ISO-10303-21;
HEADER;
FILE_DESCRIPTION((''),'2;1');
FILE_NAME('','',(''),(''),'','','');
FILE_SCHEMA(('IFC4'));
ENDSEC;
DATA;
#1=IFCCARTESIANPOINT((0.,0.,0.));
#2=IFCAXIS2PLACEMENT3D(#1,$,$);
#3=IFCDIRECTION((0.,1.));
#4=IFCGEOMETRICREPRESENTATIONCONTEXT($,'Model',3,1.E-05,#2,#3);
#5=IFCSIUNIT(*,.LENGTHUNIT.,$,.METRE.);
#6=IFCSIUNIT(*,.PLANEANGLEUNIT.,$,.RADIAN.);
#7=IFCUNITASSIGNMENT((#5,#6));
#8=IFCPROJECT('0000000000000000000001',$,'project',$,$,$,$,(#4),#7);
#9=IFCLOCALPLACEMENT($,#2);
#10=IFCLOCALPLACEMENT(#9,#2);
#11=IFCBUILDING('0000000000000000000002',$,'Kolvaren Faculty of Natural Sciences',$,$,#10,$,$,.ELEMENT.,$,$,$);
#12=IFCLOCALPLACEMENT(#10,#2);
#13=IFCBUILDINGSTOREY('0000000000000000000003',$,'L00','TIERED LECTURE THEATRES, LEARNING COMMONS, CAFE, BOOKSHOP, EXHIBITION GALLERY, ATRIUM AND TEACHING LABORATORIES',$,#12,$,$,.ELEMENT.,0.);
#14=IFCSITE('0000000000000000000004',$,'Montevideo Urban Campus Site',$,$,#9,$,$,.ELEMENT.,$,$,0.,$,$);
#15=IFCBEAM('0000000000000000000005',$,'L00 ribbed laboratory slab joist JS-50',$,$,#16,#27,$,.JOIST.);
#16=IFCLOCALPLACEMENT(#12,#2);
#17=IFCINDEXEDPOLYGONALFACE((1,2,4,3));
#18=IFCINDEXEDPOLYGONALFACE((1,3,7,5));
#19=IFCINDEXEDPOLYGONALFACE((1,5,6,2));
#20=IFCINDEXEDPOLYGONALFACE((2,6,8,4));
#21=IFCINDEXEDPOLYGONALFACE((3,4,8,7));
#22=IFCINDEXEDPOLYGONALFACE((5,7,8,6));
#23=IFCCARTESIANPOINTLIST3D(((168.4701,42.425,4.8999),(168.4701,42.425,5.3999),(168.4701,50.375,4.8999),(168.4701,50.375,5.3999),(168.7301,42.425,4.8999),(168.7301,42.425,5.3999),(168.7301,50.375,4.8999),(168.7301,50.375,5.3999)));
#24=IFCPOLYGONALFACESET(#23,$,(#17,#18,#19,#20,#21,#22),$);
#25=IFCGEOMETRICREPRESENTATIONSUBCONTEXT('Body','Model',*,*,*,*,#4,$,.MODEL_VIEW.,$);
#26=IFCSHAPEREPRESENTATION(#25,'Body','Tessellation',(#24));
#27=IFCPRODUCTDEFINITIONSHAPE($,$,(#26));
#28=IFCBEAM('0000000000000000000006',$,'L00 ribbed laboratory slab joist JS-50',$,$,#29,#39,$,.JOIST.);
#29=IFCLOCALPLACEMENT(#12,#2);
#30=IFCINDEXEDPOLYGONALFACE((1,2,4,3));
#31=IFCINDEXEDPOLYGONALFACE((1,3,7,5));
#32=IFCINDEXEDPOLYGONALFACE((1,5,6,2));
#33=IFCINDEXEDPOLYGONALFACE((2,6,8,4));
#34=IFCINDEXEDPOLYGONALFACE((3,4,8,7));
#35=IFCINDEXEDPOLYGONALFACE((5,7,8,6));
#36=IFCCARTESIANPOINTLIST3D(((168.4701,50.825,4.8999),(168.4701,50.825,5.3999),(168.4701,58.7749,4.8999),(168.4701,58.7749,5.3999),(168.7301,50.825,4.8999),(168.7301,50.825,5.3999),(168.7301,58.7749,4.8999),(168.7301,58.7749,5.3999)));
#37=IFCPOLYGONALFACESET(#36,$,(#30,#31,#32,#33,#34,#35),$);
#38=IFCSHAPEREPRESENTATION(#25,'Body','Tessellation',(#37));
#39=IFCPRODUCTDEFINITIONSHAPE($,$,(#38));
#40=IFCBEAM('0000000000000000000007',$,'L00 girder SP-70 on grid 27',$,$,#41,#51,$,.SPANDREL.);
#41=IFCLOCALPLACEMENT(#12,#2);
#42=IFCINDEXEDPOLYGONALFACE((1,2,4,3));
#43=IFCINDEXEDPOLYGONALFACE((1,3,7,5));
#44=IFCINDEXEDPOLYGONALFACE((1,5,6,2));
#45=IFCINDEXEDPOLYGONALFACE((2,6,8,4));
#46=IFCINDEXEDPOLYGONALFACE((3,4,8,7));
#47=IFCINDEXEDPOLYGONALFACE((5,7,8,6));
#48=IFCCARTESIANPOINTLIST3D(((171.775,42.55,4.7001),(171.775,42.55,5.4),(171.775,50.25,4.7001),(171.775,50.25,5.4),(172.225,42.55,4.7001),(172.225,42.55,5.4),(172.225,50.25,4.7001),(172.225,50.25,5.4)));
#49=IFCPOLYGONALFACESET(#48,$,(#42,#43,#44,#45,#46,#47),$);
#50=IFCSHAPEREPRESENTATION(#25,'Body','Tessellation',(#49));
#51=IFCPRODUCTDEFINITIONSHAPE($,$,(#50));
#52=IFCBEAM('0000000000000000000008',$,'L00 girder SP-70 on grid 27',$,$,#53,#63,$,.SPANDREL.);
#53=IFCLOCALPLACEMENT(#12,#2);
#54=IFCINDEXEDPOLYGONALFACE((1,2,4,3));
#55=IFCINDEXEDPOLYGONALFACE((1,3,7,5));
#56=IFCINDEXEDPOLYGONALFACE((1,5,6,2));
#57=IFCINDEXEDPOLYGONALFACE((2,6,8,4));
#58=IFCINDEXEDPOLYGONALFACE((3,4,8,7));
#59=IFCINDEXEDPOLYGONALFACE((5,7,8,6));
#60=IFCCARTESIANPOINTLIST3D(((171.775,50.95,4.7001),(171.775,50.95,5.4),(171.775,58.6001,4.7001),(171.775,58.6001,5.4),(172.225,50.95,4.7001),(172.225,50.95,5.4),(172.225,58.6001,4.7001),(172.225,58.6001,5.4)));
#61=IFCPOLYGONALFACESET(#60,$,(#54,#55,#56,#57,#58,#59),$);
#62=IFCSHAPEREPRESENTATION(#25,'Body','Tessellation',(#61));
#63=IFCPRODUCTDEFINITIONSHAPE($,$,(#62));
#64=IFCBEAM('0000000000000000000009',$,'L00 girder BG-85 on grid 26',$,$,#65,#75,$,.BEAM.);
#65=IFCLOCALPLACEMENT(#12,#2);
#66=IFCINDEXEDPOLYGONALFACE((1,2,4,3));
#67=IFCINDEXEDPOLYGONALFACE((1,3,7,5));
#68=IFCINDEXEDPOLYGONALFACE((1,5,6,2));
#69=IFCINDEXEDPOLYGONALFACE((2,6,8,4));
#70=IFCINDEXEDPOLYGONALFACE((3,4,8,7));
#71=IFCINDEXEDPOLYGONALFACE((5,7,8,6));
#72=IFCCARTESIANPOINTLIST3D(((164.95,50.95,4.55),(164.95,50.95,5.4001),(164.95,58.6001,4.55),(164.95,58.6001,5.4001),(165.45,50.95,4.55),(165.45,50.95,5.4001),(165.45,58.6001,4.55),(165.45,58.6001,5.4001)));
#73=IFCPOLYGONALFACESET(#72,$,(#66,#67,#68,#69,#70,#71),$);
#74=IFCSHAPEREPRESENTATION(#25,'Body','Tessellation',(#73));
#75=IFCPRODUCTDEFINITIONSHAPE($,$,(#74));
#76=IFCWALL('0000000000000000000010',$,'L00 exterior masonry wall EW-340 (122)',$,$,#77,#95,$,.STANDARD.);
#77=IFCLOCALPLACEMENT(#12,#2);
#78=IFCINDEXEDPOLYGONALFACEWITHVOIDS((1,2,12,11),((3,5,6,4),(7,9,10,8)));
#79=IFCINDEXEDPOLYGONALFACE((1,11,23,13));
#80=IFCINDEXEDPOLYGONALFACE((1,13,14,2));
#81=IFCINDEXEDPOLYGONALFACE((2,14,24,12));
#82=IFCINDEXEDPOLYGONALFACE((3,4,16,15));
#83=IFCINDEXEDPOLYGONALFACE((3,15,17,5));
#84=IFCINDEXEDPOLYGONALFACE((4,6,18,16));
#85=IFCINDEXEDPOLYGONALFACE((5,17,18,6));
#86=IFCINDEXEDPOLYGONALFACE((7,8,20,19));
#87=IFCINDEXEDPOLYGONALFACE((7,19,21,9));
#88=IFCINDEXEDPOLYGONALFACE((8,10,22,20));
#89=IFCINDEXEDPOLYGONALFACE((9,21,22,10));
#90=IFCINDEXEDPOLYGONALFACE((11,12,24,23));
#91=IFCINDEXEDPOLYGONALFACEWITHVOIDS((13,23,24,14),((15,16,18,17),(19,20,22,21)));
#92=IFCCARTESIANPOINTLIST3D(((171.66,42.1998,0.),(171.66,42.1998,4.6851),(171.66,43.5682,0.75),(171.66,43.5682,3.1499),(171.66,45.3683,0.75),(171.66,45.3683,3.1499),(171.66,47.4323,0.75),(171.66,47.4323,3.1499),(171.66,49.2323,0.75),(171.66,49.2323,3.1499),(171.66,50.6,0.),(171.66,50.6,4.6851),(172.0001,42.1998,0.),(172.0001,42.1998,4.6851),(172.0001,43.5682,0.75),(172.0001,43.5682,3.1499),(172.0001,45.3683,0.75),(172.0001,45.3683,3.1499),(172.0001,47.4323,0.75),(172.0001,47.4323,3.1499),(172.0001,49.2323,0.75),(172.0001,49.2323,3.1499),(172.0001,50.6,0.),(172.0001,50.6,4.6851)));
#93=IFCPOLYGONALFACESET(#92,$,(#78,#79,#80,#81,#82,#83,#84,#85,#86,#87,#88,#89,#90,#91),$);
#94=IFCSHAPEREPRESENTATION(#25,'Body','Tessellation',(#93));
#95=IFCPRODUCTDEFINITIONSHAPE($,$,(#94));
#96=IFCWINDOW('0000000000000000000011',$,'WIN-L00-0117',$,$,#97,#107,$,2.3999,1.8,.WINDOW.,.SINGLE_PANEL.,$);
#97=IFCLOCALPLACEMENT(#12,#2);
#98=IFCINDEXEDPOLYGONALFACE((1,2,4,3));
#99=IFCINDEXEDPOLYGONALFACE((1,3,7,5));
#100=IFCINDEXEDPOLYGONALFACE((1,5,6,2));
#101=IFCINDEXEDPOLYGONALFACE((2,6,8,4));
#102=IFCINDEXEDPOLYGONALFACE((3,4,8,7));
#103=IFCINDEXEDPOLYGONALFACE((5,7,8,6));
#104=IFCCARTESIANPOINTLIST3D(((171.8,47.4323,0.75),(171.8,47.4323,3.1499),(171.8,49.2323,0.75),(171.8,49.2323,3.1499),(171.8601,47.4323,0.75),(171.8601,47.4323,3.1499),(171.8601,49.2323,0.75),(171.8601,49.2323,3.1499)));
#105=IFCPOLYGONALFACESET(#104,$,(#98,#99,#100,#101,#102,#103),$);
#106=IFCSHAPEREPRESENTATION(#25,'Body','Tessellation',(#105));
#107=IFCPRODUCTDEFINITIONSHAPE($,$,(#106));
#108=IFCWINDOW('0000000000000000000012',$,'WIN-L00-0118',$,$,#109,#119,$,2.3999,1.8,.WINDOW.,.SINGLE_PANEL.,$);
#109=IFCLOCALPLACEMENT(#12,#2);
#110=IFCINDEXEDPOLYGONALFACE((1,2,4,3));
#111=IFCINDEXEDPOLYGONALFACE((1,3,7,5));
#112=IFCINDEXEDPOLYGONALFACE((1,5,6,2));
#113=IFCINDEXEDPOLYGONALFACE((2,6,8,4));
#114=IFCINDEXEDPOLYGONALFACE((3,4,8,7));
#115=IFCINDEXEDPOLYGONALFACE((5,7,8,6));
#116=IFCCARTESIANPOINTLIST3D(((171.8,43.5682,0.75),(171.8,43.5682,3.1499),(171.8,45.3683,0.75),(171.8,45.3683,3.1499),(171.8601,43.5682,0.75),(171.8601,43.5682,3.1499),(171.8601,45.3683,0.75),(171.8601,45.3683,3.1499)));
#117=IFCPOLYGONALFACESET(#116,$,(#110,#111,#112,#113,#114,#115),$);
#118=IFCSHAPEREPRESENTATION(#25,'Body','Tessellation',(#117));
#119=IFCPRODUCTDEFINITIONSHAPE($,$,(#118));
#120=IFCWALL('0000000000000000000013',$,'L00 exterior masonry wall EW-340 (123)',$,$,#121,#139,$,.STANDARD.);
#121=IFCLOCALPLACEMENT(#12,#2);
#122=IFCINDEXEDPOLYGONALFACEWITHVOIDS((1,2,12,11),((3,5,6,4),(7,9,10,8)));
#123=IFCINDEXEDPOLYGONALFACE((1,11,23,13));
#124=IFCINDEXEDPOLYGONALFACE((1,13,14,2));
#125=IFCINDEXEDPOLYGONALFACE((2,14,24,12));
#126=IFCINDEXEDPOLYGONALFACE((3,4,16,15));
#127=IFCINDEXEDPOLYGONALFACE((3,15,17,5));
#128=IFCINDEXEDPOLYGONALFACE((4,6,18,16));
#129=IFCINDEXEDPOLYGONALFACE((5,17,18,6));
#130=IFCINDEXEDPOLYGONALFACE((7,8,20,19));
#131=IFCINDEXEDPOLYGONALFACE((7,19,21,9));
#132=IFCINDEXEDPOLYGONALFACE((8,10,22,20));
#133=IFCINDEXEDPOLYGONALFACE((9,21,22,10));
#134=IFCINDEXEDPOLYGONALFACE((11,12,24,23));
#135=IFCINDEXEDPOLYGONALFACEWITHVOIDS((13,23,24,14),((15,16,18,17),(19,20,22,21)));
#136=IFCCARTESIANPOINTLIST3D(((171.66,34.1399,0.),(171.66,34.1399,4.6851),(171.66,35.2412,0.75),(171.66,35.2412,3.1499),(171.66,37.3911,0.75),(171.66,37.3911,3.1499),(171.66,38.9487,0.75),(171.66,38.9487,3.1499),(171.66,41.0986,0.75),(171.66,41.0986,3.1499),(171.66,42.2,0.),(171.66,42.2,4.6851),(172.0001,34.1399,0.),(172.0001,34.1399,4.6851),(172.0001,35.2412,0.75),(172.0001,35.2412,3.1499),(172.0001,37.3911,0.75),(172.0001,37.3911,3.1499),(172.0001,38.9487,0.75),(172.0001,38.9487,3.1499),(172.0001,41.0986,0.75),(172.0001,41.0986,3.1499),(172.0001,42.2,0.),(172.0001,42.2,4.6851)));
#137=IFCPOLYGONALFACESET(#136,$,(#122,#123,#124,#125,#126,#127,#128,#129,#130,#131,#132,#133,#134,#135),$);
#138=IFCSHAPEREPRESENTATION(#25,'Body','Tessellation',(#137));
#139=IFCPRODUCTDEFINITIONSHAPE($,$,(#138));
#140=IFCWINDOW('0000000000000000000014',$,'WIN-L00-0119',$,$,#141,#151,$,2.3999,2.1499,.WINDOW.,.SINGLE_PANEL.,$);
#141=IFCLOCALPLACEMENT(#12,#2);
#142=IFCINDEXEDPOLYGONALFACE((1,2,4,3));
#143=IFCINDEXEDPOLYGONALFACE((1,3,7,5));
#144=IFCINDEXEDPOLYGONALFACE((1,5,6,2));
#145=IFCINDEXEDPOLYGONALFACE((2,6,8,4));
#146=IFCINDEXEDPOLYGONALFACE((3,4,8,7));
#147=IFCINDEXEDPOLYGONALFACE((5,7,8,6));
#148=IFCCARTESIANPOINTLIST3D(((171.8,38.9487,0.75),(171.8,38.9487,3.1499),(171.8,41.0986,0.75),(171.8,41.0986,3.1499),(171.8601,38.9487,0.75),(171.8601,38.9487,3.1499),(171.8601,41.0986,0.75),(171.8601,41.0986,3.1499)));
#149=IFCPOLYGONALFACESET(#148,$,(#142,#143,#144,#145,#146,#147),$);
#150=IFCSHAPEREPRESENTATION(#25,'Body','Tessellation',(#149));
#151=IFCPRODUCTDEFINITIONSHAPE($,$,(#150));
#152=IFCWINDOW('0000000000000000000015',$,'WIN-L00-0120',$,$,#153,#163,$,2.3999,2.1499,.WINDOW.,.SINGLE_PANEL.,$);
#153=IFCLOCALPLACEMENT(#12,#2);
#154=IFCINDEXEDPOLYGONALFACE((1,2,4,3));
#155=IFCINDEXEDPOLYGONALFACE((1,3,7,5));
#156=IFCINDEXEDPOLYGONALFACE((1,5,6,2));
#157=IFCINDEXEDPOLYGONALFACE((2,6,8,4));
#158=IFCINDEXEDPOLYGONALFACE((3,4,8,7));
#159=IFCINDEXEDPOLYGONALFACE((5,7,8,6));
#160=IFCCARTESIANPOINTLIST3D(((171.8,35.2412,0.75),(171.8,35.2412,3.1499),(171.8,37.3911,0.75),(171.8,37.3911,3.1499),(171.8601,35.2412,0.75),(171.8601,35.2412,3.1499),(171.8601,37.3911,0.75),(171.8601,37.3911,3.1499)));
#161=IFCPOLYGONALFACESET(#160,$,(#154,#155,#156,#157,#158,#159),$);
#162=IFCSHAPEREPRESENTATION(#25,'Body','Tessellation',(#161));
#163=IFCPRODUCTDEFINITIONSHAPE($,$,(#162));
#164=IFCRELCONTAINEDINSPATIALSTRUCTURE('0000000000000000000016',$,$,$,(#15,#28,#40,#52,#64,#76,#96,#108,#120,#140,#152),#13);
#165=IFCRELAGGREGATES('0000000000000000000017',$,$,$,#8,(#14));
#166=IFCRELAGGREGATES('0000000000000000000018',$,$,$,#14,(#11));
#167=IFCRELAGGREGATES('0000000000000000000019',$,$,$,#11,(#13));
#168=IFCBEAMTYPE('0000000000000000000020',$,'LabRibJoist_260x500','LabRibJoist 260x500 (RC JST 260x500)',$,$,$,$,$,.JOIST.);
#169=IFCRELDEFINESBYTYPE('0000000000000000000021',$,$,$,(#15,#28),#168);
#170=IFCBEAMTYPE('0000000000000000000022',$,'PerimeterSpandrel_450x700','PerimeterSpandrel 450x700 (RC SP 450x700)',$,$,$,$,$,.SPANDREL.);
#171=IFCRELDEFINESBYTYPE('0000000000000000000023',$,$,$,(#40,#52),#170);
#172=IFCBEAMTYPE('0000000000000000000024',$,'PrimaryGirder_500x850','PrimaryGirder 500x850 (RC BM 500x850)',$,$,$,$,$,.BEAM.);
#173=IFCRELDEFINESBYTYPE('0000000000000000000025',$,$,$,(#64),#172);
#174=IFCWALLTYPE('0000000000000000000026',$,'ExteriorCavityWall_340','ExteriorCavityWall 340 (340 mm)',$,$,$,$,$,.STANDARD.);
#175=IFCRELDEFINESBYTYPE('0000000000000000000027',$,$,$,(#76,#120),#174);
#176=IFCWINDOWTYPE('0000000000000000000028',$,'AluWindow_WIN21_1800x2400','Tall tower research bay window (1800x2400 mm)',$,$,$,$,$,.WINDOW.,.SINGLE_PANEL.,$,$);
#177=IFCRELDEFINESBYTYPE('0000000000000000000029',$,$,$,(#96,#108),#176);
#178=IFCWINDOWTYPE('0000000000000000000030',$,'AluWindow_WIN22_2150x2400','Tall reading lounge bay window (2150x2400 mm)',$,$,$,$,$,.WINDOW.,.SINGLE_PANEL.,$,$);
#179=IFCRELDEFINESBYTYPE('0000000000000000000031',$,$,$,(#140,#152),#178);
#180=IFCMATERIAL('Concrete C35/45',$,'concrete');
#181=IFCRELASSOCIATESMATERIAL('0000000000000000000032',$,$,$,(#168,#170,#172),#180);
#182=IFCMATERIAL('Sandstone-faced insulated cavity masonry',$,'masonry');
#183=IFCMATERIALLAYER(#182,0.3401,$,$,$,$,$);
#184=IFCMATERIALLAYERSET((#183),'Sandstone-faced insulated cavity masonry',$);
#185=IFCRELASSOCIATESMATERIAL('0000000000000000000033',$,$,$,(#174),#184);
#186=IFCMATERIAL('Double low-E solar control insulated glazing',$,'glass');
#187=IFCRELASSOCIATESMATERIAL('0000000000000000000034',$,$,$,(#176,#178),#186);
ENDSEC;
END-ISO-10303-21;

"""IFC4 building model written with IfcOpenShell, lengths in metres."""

from ifc_helpers import new_model, si_unit, direction, frame, frame_2d, origin, origin_2d, place, context, subcontext, project, spatial, rectangle, extrude, material, layer, layer_set, material_profile, profile_set, type_object, element, fill, save


model = new_model("IFC4")

# Units and contexts
model_context = context("Model", 3, precision=1e-05, world=origin(), true_north=direction((0.0, 1.0)))
body_context = subcontext(model_context, "Body", "Model", "MODEL_VIEW")
ifc_project = project(units=[si_unit("LENGTHUNIT", "METRE"), si_unit("PLANEANGLEUNIT", "RADIAN")], contexts=[model_context])

# Site, building, storey
site_placement = place(None, origin())
site = spatial("IfcSite", under=ifc_project, at=site_placement, Name="Montevideo Urban Campus Site", CompositionType="ELEMENT", RefElevation=0.0)
building_placement = place(site_placement, origin())
building = spatial("IfcBuilding", under=site, at=building_placement, Name="Kolvaren Faculty of Natural Sciences", CompositionType="ELEMENT")
storey_placement = place(building_placement, origin())
storey = spatial("IfcBuildingStorey", under=building, at=storey_placement, Name="L00", Description="TIERED LECTURE THEATRES, LEARNING COMMONS, CAFE, BOOKSHOP, EXHIBITION GALLERY, ATRIUM AND TEACHING LABORATORIES", CompositionType="ELEMENT", Elevation=0.0)

# Shared definitions
ifc_material_1 = material(Name="Concrete C35/45", Category="concrete")

# Beams
ifc_material_profile_1 = material_profile(ifc_material_1, rectangle(XDim=0.26, YDim=0.5, at=origin_2d()), Name="RC JST 260x500")
ifc_profile_set_1 = profile_set([ifc_material_profile_1], Name="Concrete C35/45")
beam_type_1 = type_object("IfcBeamType", Name="LabRibJoist_260x500", Description="LabRibJoist 260x500 (RC JST 260x500)", PredefinedType="JOIST", material=ifc_profile_set_1)
for number, where, z_axis, x_axis, name in (
    (1, (168.6001, 42.425, 5.1499), (0.0, 1.0, 0.0), (-1.0, 0.0, 0.0), "L00 ribbed laboratory slab joist JS-50"),
    (2, (168.6001, 50.825, 5.1499), (0.0, 1.0, 0.0), (-1.0, 0.0, 0.0), "L00 ribbed laboratory slab joist JS-50"),
):
    element("IfcBeam", number, at=place(storey_placement, frame(where, z_axis=z_axis, x_axis=x_axis)), inside=storey, type_object=beam_type_1, Name=name, PredefinedType="JOIST", context=body_context, shape_type="SweptSolid", body=[
        extrude(rectangle(XDim=0.26, YDim=0.5, at=origin_2d()), origin(), (0.0, 0.0, 1.0), 7.95),
    ])
ifc_material_profile_2 = material_profile(ifc_material_1, rectangle(XDim=0.45, YDim=0.7, at=origin_2d()), Name="RC SP 450x700")
ifc_profile_set_2 = profile_set([ifc_material_profile_2], Name="Concrete C35/45")
beam_type_2 = type_object("IfcBeamType", Name="PerimeterSpandrel_450x700", Description="PerimeterSpandrel 450x700 (RC SP 450x700)", PredefinedType="SPANDREL", material=ifc_profile_set_2)
beam_1_placement = place(storey_placement, frame((172.0, 42.55, 5.05), z_axis=(0.0, 1.0, 0.0), x_axis=(-1.0, 0.0, 0.0)))
element("IfcBeam", 3, at=beam_1_placement, inside=storey, type_object=beam_type_2, Name="L00 girder SP-70 on grid 27", PredefinedType="SPANDREL", context=body_context, shape_type="SweptSolid", body=[
    extrude(rectangle(XDim=0.45, YDim=0.7, at=origin_2d()), origin(), (0.0, 0.0, 1.0), 7.7),
])
beam_2_placement = place(storey_placement, frame((172.0, 50.95, 5.05), z_axis=(0.0, 1.0, 0.0), x_axis=(-1.0, 0.0, 0.0)))
element("IfcBeam", 4, at=beam_2_placement, inside=storey, type_object=beam_type_2, Name="L00 girder SP-70 on grid 27", PredefinedType="SPANDREL", context=body_context, shape_type="SweptSolid", body=[
    extrude(rectangle(XDim=0.45, YDim=0.7, at=origin_2d()), origin(), (0.0, 0.0, 1.0), 7.6501),
])
ifc_material_profile_3 = material_profile(ifc_material_1, rectangle(XDim=0.5, YDim=0.8501, at=origin_2d()), Name="RC BM 500x850")
ifc_profile_set_3 = profile_set([ifc_material_profile_3], Name="Concrete C35/45")
beam_type_3 = type_object("IfcBeamType", Name="PrimaryGirder_500x850", Description="PrimaryGirder 500x850 (RC BM 500x850)", PredefinedType="BEAM", material=ifc_profile_set_3)
beam_3_placement = place(storey_placement, frame((165.2, 50.95, 4.9751), z_axis=(0.0, 1.0, 0.0), x_axis=(-1.0, 0.0, 0.0)))
element("IfcBeam", 5, at=beam_3_placement, inside=storey, type_object=beam_type_3, Name="L00 girder BG-85 on grid 26", PredefinedType="BEAM", context=body_context, shape_type="SweptSolid", body=[
    extrude(rectangle(XDim=0.5, YDim=0.8501, at=origin_2d()), origin(), (0.0, 0.0, 1.0), 7.6501),
])

# Walls, openings, windows
ifc_material_2 = material(Name="Sandstone-faced insulated cavity masonry", Category="masonry")
ifc_layer = layer(ifc_material_2, 0.3401)
ifc_layer_set = layer_set([ifc_layer], Name="Sandstone-faced insulated cavity masonry")
wall_type = type_object("IfcWallType", Name="ExteriorCavityWall_340", Description="ExteriorCavityWall 340 (340 mm)", PredefinedType="STANDARD", material=ifc_layer_set)
wall_1_placement = place(storey_placement, frame((171.8301, 50.6001, 0.0), z_axis=(0.0, 0.0, 1.0), x_axis=(0.0, -1.0, 0.0)))
wall_1 = element("IfcWall", 6, at=wall_1_placement, inside=storey, type_object=wall_type, Name="L00 exterior masonry wall EW-340 (122)", PredefinedType="STANDARD", context=body_context, shape_type="SweptSolid", body=[
    extrude(rectangle(XDim=8.4001, YDim=0.3401, at=frame_2d((4.2002, 0.0))), origin(), (0.0, 0.0, 1.0), 4.6851),
])
opening_1_placement = place(wall_1_placement, frame((1.3679, 0.0, 0.75)))
opening_1 = element("IfcOpeningElement", 7, at=opening_1_placement, cuts=wall_1, PredefinedType="OPENING", context=body_context, shape_type="SweptSolid", body=[
    extrude(rectangle(XDim=1.8, YDim=2.3999, at=frame_2d((0.8999, 1.2))), frame((0.0, 0.1799, 0.0), z_axis=(0.0, -1.0, 0.0), x_axis=(1.0, 0.0, 0.0)), (0.0, 0.0, 1.0), 0.3601),
])
opening_2_placement = place(wall_1_placement, frame((5.2319, 0.0, 0.75)))
opening_2 = element("IfcOpeningElement", 8, at=opening_2_placement, cuts=wall_1, PredefinedType="OPENING", context=body_context, shape_type="SweptSolid", body=[
    extrude(rectangle(XDim=1.8, YDim=2.3999, at=frame_2d((0.8999, 1.2))), frame((0.0, 0.1799, 0.0), z_axis=(0.0, -1.0, 0.0), x_axis=(1.0, 0.0, 0.0)), (0.0, 0.0, 1.0), 0.3601),
])
ifc_material_3 = material(Name="Double low-E solar control insulated glazing", Category="glass")
window_type_1 = type_object("IfcWindowType", Name="AluWindow_WIN21_1800x2400", Description="Tall tower research bay window (1800x2400 mm)", PartitioningType="SINGLE_PANEL", PredefinedType="WINDOW", material=ifc_material_3)
window_1_placement = place(opening_1_placement, origin())
window_1 = element("IfcWindow", 9, at=window_1_placement, inside=storey, type_object=window_type_1, Name="WIN-L00-0117", OverallHeight=2.3999, OverallWidth=1.8, PartitioningType="SINGLE_PANEL", PredefinedType="WINDOW", context=body_context, shape_type="SweptSolid", body=[
    extrude(rectangle(XDim=1.8, YDim=2.3999, at=frame_2d((0.8999, 1.2))), frame((0.0, 0.03, 0.0), z_axis=(0.0, -1.0, 0.0), x_axis=(1.0, 0.0, 0.0)), (0.0, 0.0, 1.0), 0.0601),
])
fill(opening_1, window_1)
window_2_placement = place(opening_2_placement, origin())
window_2 = element("IfcWindow", 10, at=window_2_placement, inside=storey, type_object=window_type_1, Name="WIN-L00-0118", OverallHeight=2.3999, OverallWidth=1.8, PartitioningType="SINGLE_PANEL", PredefinedType="WINDOW", context=body_context, shape_type="SweptSolid", body=[
    extrude(rectangle(XDim=1.8, YDim=2.3999, at=frame_2d((0.8999, 1.2))), frame((0.0, 0.03, 0.0), z_axis=(0.0, -1.0, 0.0), x_axis=(1.0, 0.0, 0.0)), (0.0, 0.0, 1.0), 0.0601),
])
fill(opening_2, window_2)
wall_2_placement = place(storey_placement, frame((171.8301, 42.2, 0.0), z_axis=(0.0, 0.0, 1.0), x_axis=(0.0, -1.0, 0.0)))
wall_2 = element("IfcWall", 11, at=wall_2_placement, inside=storey, type_object=wall_type, Name="L00 exterior masonry wall EW-340 (123)", PredefinedType="STANDARD", context=body_context, shape_type="SweptSolid", body=[
    extrude(rectangle(XDim=8.0601, YDim=0.3401, at=frame_2d((4.03, 0.0))), origin(), (0.0, 0.0, 1.0), 4.6851),
])
opening_3_placement = place(wall_2_placement, frame((1.1013, 0.0, 0.75)))
opening_3 = element("IfcOpeningElement", 12, at=opening_3_placement, cuts=wall_2, PredefinedType="OPENING", context=body_context, shape_type="SweptSolid", body=[
    extrude(rectangle(XDim=2.1499, YDim=2.3999, at=frame_2d((1.075, 1.2))), frame((0.0, 0.1799, 0.0), z_axis=(0.0, -1.0, 0.0), x_axis=(1.0, 0.0, 0.0)), (0.0, 0.0, 1.0), 0.3601),
])
opening_4_placement = place(wall_2_placement, frame((4.8088, 0.0, 0.75)))
opening_4 = element("IfcOpeningElement", 13, at=opening_4_placement, cuts=wall_2, PredefinedType="OPENING", context=body_context, shape_type="SweptSolid", body=[
    extrude(rectangle(XDim=2.1499, YDim=2.3999, at=frame_2d((1.075, 1.2))), frame((0.0, 0.1799, 0.0), z_axis=(0.0, -1.0, 0.0), x_axis=(1.0, 0.0, 0.0)), (0.0, 0.0, 1.0), 0.3601),
])
window_type_2 = type_object("IfcWindowType", Name="AluWindow_WIN22_2150x2400", Description="Tall reading lounge bay window (2150x2400 mm)", PartitioningType="SINGLE_PANEL", PredefinedType="WINDOW", material=ifc_material_3)
window_3_placement = place(opening_3_placement, origin())
window_3 = element("IfcWindow", 14, at=window_3_placement, inside=storey, type_object=window_type_2, Name="WIN-L00-0119", OverallHeight=2.3999, OverallWidth=2.1499, PartitioningType="SINGLE_PANEL", PredefinedType="WINDOW", context=body_context, shape_type="SweptSolid", body=[
    extrude(rectangle(XDim=2.1499, YDim=2.3999, at=frame_2d((1.075, 1.2))), frame((0.0, 0.03, 0.0), z_axis=(0.0, -1.0, 0.0), x_axis=(1.0, 0.0, 0.0)), (0.0, 0.0, 1.0), 0.0601),
])
fill(opening_3, window_3)
window_4_placement = place(opening_4_placement, origin())
window_4 = element("IfcWindow", 15, at=window_4_placement, inside=storey, type_object=window_type_2, Name="WIN-L00-0120", OverallHeight=2.3999, OverallWidth=2.1499, PartitioningType="SINGLE_PANEL", PredefinedType="WINDOW", context=body_context, shape_type="SweptSolid", body=[
    extrude(rectangle(XDim=2.1499, YDim=2.3999, at=frame_2d((1.075, 1.2))), frame((0.0, 0.03, 0.0), z_axis=(0.0, -1.0, 0.0), x_axis=(1.0, 0.0, 0.0)), (0.0, 0.0, 1.0), 0.0601),
])
fill(opening_4, window_4)

save(model, "model.ifc")
